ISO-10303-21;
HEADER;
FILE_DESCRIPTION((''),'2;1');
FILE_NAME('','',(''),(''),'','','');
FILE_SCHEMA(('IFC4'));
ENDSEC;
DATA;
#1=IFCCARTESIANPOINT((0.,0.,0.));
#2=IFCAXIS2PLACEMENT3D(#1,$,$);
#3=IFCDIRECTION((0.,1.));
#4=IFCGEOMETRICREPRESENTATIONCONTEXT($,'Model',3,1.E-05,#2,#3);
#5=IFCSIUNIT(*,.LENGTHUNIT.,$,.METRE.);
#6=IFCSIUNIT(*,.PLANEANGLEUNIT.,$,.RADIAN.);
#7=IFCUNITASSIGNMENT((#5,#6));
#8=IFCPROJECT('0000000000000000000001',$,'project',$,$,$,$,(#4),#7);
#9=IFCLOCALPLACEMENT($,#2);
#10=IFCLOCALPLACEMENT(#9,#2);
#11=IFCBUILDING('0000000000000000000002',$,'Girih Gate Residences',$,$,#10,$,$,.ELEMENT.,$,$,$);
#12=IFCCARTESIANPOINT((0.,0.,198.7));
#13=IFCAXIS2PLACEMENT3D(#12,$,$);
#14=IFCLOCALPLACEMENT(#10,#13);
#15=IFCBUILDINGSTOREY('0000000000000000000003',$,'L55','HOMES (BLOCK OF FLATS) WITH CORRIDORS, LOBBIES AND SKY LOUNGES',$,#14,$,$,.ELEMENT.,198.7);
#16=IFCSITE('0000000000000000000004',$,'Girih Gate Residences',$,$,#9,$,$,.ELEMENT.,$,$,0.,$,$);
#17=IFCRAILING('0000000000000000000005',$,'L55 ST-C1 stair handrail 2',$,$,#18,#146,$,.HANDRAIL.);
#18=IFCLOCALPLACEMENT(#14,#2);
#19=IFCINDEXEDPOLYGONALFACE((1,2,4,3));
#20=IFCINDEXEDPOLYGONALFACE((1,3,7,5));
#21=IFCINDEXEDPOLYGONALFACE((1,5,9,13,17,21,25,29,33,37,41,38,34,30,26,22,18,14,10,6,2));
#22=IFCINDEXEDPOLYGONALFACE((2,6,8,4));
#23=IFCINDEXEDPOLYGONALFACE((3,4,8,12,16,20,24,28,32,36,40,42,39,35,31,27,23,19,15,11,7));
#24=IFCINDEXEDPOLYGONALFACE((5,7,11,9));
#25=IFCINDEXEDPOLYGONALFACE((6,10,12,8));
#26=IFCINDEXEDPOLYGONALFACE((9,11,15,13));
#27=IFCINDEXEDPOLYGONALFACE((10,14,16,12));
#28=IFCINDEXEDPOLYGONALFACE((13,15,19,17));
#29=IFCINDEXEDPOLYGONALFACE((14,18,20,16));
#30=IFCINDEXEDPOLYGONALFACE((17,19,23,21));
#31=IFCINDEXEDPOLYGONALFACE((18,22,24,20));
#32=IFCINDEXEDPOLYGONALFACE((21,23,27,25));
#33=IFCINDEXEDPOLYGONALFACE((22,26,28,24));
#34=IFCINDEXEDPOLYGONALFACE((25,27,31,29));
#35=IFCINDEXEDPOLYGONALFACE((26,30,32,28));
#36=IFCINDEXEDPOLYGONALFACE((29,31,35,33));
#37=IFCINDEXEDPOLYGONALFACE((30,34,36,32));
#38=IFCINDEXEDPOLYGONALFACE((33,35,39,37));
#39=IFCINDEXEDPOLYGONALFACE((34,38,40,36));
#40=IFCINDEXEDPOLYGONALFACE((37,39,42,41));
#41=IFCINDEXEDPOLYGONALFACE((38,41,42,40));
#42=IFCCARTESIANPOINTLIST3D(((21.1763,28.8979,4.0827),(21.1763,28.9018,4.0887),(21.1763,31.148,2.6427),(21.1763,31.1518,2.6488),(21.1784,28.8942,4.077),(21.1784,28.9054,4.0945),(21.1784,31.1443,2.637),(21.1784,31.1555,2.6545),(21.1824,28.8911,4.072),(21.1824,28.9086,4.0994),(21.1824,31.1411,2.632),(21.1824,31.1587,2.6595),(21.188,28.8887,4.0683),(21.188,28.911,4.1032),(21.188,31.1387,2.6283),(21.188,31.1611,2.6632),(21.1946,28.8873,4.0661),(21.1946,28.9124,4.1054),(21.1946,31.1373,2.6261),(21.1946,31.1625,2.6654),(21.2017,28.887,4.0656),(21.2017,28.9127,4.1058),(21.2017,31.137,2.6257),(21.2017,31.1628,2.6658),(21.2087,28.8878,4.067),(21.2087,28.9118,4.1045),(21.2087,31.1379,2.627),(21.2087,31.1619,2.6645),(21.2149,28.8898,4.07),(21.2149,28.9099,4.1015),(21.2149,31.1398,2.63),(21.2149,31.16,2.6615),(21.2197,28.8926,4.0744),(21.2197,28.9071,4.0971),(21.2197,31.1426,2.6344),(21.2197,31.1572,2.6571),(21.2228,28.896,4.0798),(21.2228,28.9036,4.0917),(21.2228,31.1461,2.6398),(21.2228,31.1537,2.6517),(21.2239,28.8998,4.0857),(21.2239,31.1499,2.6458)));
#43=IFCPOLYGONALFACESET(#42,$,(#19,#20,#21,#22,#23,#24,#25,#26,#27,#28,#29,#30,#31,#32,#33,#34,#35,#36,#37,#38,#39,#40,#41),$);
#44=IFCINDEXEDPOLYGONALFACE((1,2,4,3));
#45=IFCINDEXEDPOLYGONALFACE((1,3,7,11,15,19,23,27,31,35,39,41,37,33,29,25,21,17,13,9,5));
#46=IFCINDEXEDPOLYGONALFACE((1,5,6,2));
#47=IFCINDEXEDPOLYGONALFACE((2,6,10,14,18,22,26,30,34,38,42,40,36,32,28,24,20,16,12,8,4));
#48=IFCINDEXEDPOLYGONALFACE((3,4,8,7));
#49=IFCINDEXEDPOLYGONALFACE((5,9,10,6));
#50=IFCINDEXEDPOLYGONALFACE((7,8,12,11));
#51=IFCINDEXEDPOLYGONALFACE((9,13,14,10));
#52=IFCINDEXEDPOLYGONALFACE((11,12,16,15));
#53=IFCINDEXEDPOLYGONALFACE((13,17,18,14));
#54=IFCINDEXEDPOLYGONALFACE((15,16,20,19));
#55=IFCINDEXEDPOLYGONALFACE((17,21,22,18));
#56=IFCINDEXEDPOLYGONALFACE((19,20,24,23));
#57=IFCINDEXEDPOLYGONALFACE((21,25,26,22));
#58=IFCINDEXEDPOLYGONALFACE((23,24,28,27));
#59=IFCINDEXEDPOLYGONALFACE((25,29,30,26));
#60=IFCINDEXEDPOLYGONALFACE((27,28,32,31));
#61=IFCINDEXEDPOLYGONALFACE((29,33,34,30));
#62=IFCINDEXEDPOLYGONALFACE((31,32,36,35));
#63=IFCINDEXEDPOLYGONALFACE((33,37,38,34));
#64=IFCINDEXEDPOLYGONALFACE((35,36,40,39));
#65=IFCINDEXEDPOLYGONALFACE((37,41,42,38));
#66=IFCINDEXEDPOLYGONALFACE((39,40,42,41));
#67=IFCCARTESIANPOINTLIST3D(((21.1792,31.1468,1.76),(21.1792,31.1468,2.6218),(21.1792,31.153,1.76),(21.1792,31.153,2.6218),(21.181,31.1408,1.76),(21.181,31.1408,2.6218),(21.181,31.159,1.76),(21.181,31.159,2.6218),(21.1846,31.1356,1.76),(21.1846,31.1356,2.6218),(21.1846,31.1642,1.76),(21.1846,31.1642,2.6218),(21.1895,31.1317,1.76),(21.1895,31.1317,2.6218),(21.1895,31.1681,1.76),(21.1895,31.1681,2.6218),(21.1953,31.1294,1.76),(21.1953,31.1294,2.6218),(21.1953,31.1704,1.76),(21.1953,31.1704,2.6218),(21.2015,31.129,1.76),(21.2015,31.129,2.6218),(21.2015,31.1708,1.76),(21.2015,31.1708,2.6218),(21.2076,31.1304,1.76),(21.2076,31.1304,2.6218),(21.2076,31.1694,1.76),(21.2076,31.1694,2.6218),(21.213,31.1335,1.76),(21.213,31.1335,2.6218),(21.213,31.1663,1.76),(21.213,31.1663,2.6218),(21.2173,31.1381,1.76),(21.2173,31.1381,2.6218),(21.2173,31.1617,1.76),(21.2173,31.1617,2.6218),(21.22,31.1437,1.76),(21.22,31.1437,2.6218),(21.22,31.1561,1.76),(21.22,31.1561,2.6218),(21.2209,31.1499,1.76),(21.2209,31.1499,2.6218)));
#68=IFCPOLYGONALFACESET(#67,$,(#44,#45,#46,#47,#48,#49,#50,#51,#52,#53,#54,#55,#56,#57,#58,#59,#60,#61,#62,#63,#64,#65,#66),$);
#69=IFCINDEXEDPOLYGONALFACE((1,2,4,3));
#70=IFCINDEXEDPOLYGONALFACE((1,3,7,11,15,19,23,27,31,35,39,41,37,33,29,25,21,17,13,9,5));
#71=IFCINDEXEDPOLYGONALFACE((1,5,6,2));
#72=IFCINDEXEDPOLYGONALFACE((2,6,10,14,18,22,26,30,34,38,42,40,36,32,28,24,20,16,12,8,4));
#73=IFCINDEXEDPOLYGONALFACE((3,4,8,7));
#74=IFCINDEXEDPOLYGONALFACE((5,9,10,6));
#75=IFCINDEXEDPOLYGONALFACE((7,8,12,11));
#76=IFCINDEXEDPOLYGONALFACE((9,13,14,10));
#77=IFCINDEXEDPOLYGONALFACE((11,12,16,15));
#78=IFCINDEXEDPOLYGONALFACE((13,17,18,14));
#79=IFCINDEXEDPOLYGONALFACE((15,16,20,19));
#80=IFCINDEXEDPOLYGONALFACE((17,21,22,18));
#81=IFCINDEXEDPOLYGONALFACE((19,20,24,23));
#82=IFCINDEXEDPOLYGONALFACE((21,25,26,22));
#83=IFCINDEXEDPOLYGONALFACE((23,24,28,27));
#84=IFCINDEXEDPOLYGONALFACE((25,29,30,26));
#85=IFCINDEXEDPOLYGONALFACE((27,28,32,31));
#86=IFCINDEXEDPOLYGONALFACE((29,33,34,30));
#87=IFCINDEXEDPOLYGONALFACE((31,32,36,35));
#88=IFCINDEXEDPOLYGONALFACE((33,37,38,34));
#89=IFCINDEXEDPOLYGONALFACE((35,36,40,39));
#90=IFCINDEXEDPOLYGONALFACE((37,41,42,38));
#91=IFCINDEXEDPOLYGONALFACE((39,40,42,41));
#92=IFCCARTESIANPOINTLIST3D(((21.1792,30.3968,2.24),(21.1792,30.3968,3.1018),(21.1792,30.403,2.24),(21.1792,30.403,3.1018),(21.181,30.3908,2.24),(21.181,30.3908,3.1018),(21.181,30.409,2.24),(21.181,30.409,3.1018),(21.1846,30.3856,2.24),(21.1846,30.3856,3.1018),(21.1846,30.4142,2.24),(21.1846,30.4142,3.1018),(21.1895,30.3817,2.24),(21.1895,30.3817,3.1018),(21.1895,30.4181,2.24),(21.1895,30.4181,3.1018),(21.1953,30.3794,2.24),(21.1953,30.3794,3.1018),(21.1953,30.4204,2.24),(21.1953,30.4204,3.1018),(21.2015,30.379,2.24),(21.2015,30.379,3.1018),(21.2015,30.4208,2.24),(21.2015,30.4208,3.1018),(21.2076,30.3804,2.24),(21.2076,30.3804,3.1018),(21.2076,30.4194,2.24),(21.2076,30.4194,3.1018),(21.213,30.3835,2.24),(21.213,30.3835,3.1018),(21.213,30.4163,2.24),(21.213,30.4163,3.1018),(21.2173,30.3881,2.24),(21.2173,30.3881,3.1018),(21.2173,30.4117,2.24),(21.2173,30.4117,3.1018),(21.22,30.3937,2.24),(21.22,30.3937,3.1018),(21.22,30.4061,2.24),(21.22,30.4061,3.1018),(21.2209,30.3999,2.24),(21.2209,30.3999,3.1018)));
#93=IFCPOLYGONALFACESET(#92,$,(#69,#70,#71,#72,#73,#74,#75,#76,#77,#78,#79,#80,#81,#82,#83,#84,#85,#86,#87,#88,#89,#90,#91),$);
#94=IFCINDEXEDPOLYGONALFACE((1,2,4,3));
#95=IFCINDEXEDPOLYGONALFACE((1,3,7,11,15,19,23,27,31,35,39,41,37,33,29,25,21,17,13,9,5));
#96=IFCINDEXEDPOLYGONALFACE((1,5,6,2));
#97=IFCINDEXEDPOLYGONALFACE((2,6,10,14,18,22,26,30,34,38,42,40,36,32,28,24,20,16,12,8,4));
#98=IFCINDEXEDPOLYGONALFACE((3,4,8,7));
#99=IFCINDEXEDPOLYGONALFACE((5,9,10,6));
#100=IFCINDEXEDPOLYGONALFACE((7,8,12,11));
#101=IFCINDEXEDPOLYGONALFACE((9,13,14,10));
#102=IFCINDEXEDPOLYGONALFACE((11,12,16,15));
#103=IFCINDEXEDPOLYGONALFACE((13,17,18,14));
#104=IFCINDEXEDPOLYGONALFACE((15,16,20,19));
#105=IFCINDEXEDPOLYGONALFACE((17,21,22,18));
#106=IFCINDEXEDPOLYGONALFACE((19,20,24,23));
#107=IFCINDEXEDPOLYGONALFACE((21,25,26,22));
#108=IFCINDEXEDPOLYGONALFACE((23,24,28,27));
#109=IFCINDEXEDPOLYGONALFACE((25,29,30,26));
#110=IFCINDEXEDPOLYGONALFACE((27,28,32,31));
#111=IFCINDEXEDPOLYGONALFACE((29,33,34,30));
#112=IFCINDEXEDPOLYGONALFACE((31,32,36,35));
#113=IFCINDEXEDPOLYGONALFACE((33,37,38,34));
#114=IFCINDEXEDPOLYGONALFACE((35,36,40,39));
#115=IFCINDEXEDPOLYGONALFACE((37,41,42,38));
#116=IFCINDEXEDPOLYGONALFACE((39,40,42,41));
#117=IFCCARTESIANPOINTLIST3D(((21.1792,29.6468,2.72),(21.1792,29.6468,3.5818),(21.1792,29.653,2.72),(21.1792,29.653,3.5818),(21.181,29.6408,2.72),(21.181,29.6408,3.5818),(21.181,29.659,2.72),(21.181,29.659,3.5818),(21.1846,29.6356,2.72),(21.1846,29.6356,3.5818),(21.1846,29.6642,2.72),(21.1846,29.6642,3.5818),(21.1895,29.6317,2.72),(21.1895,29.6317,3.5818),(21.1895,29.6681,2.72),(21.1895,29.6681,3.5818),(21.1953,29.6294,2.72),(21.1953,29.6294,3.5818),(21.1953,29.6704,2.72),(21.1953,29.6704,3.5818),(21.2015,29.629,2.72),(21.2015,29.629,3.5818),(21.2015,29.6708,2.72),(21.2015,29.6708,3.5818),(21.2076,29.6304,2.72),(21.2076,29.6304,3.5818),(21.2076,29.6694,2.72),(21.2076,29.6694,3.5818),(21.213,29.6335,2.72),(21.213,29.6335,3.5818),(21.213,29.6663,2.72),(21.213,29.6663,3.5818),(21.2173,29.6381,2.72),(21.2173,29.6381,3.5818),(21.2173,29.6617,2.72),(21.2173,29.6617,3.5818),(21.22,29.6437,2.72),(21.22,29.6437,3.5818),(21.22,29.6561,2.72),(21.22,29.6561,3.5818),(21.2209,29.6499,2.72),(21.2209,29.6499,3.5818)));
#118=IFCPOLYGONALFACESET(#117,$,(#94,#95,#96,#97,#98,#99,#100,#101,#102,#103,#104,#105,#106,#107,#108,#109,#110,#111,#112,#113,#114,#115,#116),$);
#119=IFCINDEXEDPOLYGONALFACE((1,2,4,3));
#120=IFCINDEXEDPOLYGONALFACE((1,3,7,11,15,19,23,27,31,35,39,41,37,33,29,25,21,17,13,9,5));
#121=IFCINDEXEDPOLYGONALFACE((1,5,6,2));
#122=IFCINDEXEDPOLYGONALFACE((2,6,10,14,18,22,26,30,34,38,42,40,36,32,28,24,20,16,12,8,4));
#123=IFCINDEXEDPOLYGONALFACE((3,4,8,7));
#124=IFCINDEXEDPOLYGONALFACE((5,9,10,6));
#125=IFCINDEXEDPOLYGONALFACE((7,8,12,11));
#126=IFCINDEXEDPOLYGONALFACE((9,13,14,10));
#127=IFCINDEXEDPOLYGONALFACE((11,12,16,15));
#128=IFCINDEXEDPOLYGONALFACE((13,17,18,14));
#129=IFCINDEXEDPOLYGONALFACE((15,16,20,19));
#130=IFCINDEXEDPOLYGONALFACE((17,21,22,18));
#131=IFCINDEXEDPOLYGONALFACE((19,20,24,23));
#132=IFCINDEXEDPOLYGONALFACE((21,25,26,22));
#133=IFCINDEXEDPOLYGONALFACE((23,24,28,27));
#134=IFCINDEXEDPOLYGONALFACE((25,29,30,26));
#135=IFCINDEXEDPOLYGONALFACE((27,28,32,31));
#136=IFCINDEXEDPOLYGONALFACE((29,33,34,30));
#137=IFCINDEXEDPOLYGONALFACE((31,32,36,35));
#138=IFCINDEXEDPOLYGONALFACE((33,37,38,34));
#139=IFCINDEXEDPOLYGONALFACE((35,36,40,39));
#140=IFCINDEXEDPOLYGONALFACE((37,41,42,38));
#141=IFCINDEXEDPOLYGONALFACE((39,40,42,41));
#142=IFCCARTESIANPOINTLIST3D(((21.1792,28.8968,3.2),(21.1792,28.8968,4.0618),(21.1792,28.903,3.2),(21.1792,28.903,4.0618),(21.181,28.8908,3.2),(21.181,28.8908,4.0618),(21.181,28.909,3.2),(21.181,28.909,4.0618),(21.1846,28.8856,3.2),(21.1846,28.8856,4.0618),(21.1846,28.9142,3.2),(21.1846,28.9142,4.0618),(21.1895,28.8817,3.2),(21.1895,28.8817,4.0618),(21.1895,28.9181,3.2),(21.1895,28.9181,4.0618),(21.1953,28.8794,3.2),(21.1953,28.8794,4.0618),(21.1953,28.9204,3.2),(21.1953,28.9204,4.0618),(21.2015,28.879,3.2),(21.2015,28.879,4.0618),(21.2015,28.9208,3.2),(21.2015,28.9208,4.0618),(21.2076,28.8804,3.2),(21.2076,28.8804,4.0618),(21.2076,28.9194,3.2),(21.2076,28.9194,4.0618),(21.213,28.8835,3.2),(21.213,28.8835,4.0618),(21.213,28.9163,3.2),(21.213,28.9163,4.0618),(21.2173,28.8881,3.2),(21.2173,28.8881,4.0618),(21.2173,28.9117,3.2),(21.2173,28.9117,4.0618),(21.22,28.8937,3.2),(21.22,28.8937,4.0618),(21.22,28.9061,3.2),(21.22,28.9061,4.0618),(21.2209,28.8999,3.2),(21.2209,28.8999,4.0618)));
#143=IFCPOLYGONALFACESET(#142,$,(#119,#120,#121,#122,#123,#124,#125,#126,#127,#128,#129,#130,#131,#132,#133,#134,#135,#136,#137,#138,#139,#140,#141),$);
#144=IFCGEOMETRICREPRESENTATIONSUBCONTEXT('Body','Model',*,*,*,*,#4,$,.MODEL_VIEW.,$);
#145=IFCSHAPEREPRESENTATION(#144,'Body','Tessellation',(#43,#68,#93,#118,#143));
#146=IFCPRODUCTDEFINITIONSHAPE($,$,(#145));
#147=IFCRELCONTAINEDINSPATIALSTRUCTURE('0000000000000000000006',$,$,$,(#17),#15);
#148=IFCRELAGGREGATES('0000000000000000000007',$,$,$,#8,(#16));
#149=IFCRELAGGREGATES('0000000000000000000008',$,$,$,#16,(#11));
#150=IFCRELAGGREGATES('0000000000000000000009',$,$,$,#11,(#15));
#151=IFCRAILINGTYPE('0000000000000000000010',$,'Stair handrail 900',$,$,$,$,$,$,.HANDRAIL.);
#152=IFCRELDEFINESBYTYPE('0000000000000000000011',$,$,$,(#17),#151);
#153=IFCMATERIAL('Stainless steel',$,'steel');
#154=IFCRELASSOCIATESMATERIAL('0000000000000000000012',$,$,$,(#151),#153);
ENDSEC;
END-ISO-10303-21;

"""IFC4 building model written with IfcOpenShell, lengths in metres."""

from ifc_helpers import new_model, si_unit, direction, frame, origin, origin_2d, place, context, subcontext, project, spatial, circle, extrude, material, type_object, element, save


model = new_model("IFC4")

# Units and contexts
model_context = context("Model", 3, precision=1e-05, world=origin(), true_north=direction((0.0, 1.0)))
body_context = subcontext(model_context, "Body", "Model", "MODEL_VIEW")
ifc_project = project(units=[si_unit("LENGTHUNIT", "METRE"), si_unit("PLANEANGLEUNIT", "RADIAN")], contexts=[model_context])

# Site, building, storey
site_placement = place(None, origin())
site = spatial("IfcSite", under=ifc_project, at=site_placement, Name="Girih Gate Residences", CompositionType="ELEMENT", RefElevation=0.0)
building_placement = place(site_placement, origin())
building = spatial("IfcBuilding", under=site, at=building_placement, Name="Girih Gate Residences", CompositionType="ELEMENT")
storey_placement = place(building_placement, frame((0.0, 0.0, 198.7)))
storey = spatial("IfcBuildingStorey", under=building, at=storey_placement, Name="L55", Description="HOMES (BLOCK OF FLATS) WITH CORRIDORS, LOBBIES AND SKY LOUNGES", CompositionType="ELEMENT", Elevation=198.7)

# Railing
ifc_material_1 = material(Name="Stainless steel", Category="steel")
railing_type_1 = type_object("IfcRailingType", Name="Stair handrail 900", PredefinedType="HANDRAIL", material=ifc_material_1)
railing_1_placement = place(storey_placement, frame((21.2, 31.1499, 1.76)))
element("IfcRailing", 1, at=railing_1_placement, inside=storey, type_object=railing_type_1, Name="L55 ST-C1 stair handrail 2", PredefinedType="HANDRAIL", context=body_context, shape_type="SweptSolid", body=[
    extrude(circle(Radius=0.0239, at=origin_2d()), frame((0.0, 0.0, 0.8857), z_axis=(0.0, -0.842281, 0.539038), x_axis=(1.0, 0.0, 0.0)), (0.0, 0.0, 1.0), 2.6714),
    extrude(circle(Radius=0.021, at=origin_2d()), origin(), (0.0, 0.0, 1.0), 0.8618),
    extrude(circle(Radius=0.021, at=origin_2d()), frame((0.0, -0.75, 0.48)), (0.0, 0.0, 1.0), 0.8618),
    extrude(circle(Radius=0.021, at=origin_2d()), frame((0.0, -1.5, 0.96)), (0.0, 0.0, 1.0), 0.8618),
    extrude(circle(Radius=0.021, at=origin_2d()), frame((0.0, -2.25, 1.4399)), (0.0, 0.0, 1.0), 0.8618),
])

save(model, "model.ifc")
